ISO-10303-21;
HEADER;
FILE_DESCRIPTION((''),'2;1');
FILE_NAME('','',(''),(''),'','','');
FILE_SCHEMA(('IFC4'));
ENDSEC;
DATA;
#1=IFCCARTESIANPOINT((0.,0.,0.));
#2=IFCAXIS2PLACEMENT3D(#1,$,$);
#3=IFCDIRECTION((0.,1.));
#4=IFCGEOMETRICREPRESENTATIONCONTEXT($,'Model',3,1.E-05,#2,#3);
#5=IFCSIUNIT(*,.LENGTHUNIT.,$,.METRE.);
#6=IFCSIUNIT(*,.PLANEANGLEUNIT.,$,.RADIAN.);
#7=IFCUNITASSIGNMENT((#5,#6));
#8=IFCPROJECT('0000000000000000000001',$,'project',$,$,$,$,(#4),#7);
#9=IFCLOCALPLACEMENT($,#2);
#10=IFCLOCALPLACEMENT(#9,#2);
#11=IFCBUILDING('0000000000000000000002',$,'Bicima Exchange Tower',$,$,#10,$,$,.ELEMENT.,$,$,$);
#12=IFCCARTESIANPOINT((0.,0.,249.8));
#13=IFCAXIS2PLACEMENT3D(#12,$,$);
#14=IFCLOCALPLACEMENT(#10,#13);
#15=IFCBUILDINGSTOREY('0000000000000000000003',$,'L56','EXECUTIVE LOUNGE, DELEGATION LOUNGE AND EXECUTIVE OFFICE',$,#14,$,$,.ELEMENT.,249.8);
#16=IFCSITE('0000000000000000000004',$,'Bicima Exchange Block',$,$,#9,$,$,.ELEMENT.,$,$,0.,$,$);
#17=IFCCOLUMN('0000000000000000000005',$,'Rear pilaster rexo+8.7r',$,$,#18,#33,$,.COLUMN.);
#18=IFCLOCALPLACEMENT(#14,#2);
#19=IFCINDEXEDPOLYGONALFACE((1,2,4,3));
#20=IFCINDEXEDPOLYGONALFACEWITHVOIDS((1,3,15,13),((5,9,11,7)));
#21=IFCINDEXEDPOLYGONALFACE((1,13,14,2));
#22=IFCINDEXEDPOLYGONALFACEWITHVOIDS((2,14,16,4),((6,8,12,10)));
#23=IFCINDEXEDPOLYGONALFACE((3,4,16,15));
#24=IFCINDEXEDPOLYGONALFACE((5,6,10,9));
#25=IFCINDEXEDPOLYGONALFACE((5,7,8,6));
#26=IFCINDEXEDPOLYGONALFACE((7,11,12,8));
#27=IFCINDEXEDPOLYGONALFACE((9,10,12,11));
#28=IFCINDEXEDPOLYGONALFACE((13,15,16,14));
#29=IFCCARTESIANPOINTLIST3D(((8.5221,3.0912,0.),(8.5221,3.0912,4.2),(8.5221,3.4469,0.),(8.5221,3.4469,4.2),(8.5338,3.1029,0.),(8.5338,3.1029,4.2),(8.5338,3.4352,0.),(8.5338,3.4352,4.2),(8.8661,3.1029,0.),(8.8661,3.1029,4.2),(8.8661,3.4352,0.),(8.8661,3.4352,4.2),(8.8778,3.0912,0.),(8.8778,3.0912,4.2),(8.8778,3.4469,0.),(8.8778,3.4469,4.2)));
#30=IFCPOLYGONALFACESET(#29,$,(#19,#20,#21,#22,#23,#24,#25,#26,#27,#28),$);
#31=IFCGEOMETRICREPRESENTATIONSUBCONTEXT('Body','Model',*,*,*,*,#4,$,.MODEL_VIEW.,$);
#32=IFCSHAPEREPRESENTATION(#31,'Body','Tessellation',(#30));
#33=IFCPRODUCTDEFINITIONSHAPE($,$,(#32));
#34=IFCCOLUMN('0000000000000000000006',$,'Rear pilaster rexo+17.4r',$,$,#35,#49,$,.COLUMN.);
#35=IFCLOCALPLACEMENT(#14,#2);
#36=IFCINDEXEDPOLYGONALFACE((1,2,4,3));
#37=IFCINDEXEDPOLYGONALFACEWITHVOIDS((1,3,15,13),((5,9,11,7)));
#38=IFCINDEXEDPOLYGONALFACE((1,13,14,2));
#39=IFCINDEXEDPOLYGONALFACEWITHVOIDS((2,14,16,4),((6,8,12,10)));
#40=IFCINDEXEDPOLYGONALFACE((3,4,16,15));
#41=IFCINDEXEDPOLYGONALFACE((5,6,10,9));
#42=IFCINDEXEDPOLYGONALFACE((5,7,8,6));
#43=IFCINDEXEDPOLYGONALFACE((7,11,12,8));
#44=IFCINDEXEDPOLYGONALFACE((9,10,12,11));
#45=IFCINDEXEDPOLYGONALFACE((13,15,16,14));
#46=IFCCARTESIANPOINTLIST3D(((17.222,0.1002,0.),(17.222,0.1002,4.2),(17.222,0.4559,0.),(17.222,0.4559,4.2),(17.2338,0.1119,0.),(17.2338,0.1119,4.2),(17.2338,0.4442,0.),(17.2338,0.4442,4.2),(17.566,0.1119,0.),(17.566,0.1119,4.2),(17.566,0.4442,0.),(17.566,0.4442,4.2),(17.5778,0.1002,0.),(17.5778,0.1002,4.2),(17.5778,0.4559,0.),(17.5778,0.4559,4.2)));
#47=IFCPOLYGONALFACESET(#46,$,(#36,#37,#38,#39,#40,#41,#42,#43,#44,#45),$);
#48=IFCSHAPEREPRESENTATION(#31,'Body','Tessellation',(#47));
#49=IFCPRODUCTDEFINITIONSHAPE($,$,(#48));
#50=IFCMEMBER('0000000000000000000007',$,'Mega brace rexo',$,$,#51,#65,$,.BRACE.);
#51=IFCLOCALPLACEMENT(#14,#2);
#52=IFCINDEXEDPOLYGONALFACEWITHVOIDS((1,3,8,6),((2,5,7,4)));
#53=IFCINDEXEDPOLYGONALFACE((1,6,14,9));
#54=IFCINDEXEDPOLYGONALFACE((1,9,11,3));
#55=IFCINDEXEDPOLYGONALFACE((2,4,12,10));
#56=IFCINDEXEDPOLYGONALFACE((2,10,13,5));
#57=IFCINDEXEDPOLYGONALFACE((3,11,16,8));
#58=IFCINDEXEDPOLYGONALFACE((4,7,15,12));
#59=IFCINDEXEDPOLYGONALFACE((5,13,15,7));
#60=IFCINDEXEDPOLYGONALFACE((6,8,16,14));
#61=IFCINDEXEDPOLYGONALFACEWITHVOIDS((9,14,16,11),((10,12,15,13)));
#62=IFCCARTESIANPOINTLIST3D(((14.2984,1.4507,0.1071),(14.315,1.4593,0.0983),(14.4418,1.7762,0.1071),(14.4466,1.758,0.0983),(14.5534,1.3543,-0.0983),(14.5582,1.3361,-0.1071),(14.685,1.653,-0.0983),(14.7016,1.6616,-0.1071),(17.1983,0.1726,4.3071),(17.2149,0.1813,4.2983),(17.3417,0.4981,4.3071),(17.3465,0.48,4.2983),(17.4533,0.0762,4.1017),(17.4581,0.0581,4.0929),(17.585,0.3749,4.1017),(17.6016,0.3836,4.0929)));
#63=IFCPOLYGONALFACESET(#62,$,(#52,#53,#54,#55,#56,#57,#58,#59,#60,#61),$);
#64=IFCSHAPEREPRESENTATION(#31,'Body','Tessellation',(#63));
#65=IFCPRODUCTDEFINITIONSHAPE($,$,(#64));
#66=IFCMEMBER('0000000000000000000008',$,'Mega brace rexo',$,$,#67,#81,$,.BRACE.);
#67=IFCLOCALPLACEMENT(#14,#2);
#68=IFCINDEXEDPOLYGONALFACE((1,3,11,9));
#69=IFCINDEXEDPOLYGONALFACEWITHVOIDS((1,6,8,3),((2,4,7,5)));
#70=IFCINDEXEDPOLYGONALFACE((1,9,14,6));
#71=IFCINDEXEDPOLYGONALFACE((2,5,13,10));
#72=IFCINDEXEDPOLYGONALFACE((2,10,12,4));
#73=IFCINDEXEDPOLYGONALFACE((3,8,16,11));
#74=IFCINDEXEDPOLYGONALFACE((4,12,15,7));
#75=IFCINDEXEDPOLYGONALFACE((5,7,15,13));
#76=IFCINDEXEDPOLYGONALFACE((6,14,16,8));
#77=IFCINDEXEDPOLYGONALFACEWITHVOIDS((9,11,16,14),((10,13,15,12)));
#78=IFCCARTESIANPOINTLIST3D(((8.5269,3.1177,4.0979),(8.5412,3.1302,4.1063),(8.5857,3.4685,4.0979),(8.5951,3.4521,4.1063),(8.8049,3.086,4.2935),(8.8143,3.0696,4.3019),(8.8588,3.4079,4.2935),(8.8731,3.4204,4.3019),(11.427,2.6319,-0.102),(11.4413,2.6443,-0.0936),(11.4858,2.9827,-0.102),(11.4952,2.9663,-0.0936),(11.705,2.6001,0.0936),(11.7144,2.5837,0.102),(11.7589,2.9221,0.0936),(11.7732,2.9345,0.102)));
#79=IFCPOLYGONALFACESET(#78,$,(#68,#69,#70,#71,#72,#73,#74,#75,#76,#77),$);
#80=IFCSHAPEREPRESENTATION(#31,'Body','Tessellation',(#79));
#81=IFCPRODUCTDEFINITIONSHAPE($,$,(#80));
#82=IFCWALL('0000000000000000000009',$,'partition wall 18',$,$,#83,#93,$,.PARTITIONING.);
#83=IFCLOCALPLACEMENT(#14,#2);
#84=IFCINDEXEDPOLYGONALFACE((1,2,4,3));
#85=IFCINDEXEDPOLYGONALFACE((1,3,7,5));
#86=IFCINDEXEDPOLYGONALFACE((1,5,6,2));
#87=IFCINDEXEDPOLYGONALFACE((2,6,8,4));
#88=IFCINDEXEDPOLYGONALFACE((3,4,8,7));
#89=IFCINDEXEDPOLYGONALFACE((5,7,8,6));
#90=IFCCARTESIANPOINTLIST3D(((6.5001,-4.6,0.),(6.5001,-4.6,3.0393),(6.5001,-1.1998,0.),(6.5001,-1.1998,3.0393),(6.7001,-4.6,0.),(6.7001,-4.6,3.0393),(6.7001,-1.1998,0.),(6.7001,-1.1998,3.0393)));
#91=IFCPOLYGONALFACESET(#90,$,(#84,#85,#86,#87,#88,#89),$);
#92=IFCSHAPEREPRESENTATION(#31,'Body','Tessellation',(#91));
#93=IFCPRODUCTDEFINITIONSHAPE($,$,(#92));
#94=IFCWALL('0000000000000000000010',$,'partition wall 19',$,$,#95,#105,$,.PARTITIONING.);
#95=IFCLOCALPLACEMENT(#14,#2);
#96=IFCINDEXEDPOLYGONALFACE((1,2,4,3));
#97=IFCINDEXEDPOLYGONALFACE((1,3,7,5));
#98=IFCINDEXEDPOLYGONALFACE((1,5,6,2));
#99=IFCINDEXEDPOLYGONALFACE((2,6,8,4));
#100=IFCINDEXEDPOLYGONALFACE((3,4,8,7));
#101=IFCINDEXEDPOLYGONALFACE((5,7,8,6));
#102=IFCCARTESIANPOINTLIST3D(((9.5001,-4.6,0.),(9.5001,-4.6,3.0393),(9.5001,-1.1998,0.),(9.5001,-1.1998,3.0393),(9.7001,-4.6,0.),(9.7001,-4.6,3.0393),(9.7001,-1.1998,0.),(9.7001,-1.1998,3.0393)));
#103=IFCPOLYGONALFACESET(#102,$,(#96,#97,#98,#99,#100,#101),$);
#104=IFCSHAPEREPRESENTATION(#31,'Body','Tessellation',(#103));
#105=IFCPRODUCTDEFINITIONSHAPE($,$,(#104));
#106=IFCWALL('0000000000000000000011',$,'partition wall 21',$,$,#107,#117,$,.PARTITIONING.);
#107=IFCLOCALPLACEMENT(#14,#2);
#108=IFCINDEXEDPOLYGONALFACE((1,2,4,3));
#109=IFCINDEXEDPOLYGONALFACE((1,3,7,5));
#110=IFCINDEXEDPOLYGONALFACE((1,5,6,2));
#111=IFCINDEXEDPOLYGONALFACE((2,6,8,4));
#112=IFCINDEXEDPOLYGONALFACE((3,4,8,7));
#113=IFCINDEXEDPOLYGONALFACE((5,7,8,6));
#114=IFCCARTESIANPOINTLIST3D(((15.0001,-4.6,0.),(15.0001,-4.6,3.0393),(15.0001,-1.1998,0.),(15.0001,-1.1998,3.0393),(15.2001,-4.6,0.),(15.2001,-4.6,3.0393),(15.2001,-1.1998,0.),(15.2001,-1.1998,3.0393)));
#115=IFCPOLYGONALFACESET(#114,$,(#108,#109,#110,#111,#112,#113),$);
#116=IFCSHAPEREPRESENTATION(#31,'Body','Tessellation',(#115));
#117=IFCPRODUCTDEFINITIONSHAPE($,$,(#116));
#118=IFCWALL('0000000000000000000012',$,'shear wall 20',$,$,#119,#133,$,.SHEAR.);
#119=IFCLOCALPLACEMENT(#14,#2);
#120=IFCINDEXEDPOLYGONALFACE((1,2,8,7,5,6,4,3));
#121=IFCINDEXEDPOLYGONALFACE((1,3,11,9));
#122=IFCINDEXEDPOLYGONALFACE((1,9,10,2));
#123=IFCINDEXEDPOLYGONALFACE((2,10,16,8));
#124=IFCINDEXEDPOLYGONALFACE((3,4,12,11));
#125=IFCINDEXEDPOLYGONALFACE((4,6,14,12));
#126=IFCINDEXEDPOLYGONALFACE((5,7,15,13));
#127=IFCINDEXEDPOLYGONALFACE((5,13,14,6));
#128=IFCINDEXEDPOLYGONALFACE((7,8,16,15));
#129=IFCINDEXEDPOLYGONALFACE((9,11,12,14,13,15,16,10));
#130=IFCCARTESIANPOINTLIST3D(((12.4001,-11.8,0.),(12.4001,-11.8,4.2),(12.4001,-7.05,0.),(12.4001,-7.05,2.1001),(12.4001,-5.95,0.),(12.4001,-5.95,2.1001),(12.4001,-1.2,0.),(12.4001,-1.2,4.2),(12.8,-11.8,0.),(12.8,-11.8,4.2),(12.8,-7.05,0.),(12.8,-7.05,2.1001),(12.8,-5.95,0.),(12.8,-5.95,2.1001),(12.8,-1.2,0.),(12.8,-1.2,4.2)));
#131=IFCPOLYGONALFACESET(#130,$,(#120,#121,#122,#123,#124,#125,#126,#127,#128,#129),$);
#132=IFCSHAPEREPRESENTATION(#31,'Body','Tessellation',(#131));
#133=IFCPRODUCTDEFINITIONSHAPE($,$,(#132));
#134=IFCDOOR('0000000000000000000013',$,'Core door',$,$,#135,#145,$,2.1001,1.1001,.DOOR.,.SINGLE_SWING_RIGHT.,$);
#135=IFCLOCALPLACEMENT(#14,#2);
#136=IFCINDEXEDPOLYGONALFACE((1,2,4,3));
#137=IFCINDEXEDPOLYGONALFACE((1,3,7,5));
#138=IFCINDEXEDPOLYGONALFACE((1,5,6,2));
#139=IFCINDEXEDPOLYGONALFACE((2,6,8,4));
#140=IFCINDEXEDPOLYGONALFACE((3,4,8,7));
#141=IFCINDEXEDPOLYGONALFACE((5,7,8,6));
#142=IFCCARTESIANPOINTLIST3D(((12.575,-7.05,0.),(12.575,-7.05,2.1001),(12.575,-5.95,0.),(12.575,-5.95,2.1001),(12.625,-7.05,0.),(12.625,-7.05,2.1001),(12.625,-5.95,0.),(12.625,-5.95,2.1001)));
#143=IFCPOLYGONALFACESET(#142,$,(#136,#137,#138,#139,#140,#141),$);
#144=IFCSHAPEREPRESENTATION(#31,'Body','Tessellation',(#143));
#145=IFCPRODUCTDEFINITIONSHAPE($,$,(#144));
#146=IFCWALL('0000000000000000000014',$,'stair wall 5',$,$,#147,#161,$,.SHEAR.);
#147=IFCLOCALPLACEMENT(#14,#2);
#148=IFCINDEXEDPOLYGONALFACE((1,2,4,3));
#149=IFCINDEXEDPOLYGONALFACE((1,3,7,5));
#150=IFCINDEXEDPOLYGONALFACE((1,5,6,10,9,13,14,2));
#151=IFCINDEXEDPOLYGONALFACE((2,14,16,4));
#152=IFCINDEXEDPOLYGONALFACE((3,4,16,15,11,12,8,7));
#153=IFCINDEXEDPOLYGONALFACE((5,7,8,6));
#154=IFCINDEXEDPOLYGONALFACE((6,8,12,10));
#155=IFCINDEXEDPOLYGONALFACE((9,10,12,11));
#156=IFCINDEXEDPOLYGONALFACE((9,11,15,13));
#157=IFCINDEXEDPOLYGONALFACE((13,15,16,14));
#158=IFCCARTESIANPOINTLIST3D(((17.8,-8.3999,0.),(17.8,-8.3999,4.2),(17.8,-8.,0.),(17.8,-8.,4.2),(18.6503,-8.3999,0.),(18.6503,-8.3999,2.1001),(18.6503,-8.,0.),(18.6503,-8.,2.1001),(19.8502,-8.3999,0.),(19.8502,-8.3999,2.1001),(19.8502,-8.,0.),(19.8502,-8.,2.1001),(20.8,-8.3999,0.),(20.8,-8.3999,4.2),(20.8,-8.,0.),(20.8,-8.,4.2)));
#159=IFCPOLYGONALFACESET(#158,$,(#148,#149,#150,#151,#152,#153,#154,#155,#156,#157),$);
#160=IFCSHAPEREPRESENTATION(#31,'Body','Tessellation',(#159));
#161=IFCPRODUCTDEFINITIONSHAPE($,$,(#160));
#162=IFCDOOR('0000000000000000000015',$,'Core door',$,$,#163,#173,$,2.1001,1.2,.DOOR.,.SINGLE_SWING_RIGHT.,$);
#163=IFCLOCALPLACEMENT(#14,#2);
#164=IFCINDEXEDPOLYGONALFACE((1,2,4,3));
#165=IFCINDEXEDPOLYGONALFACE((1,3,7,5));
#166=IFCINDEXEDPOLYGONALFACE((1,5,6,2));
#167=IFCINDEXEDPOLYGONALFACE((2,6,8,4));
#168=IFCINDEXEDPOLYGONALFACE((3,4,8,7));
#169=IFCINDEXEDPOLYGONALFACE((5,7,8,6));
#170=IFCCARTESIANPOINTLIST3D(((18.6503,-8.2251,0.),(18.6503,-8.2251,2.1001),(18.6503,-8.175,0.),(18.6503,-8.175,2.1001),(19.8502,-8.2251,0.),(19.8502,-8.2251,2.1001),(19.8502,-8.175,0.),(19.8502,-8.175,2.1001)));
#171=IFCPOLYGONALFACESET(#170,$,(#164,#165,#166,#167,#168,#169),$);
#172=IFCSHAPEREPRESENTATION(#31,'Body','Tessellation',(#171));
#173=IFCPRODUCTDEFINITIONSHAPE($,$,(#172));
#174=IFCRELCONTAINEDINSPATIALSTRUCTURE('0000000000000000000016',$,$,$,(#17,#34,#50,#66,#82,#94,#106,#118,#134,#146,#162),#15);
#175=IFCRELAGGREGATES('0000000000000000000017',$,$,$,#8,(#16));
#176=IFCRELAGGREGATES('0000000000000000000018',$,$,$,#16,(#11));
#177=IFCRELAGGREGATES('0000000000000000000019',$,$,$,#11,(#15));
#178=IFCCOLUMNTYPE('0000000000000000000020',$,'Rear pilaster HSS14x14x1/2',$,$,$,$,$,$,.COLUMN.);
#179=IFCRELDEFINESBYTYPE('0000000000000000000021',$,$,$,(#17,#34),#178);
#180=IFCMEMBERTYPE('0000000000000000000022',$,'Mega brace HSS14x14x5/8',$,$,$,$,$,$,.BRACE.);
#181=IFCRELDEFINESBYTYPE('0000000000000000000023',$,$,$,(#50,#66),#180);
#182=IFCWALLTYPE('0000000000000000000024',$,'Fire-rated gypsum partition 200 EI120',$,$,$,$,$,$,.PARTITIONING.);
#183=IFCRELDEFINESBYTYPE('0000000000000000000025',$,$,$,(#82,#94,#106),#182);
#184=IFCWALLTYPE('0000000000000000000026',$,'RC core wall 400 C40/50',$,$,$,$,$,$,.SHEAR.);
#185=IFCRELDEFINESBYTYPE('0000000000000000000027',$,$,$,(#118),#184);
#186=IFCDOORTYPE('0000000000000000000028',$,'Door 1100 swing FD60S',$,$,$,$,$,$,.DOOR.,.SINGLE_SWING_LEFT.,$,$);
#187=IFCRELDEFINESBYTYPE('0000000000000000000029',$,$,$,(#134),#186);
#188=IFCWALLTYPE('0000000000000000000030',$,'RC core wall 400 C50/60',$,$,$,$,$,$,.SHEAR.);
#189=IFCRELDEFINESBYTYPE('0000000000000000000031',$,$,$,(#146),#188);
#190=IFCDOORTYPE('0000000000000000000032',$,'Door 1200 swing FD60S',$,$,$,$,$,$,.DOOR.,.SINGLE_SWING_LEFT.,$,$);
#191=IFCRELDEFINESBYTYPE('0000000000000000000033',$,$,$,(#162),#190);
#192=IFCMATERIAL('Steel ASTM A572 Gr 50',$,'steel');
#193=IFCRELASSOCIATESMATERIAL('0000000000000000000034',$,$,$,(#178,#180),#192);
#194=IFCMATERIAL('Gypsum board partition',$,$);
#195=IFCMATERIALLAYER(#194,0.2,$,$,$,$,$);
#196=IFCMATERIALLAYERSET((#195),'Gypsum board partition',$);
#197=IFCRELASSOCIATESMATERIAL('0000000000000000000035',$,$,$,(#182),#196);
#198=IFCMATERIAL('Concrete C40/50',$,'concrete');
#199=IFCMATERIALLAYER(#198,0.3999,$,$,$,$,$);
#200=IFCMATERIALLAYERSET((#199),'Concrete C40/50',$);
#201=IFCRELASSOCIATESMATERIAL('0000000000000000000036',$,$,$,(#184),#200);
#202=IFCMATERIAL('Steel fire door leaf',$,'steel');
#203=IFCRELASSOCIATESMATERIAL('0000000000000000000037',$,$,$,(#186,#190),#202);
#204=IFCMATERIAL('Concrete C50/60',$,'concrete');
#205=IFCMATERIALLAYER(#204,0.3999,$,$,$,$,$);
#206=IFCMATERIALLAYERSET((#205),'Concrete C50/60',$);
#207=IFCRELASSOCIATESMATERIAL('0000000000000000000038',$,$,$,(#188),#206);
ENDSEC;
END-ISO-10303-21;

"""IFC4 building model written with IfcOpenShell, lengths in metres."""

from ifc_helpers import new_model, si_unit, direction, frame, frame_2d, origin, origin_2d, place, context, subcontext, project, spatial, rectangle, hollow_rectangle, extrude, material, layer, layer_set, material_profile, profile_set, type_object, element, fill, save


model = new_model("IFC4")

# Units and contexts
model_context = context("Model", 3, precision=1e-05, world=origin(), true_north=direction((0.0, 1.0)))
body_context = subcontext(model_context, "Body", "Model", "MODEL_VIEW")
ifc_project = project(units=[si_unit("LENGTHUNIT", "METRE"), si_unit("PLANEANGLEUNIT", "RADIAN")], contexts=[model_context])

# Site, building, storey
site_placement = place(None, origin())
site = spatial("IfcSite", under=ifc_project, at=site_placement, Name="Bicima Exchange Block", CompositionType="ELEMENT", RefElevation=0.0)
building_placement = place(site_placement, origin())
building = spatial("IfcBuilding", under=site, at=building_placement, Name="Bicima Exchange Tower", CompositionType="ELEMENT")
storey_placement = place(building_placement, frame((0.0, 0.0, 249.8)))
storey = spatial("IfcBuildingStorey", under=building, at=storey_placement, Name="L56", Description="EXECUTIVE LOUNGE, DELEGATION LOUNGE AND EXECUTIVE OFFICE", CompositionType="ELEMENT", Elevation=249.8)

# Columns
ifc_material_1 = material(Name="Steel ASTM A572 Gr 50", Category="steel")
ifc_material_profile_1 = material_profile(ifc_material_1, hollow_rectangle(XDim=0.3557, YDim=0.3557, WallThickness=0.0117, at=origin_2d()))
ifc_profile_set_1 = profile_set([ifc_material_profile_1], Name="Steel ASTM A572 Gr 50")
column_type = type_object("IfcColumnType", Name="Rear pilaster HSS14x14x1/2", PredefinedType="COLUMN", material=ifc_profile_set_1)
for number, where, z_axis, x_axis, name in (
    (1, (8.7, 3.269, 0.0), (0.0, 0.0, 1.0), (1.0, 0.0, 0.0), "Rear pilaster rexo+8.7r"),
    (2, (17.3999, 0.2781, 0.0), (0.0, 0.0, 1.0), (1.0, 0.0, 0.0), "Rear pilaster rexo+17.4r"),
):
    element("IfcColumn", number, at=place(storey_placement, frame(where, z_axis=z_axis, x_axis=x_axis)), inside=storey, type_object=column_type, Name=name, PredefinedType="COLUMN", context=body_context, shape_type="SweptSolid", body=[
        extrude(hollow_rectangle(XDim=0.3557, YDim=0.3557, WallThickness=0.0117, at=origin_2d()), origin(), (0.0, 0.0, 1.0), 4.2),
    ])

# Members
ifc_material_profile_2 = material_profile(ifc_material_1, hollow_rectangle(XDim=0.3557, YDim=0.3557, WallThickness=0.0146, at=origin_2d()))
ifc_profile_set_2 = profile_set([ifc_material_profile_2], Name="Steel ASTM A572 Gr 50")
member_type = type_object("IfcMemberType", Name="Mega brace HSS14x14x5/8", PredefinedType="BRACE", material=ifc_profile_set_2)
member_1_placement = place(storey_placement, frame((14.5, 1.5562, 0.0), z_axis=(0.551164, -0.242915, 0.798255), x_axis=(0.403299, 0.915068, 0.0)))
element("IfcMember", 3, at=member_1_placement, inside=storey, type_object=member_type, Name="Mega brace rexo", PredefinedType="BRACE", context=body_context, shape_type="SweptSolid", body=[
    extrude(hollow_rectangle(XDim=0.3557, YDim=0.3557, WallThickness=0.0146, at=origin_2d()), origin(), (0.0, 0.0, 1.0), 5.2615),
])
member_2_placement = place(storey_placement, frame((11.6001, 2.7832, 0.0), z_axis=(-0.565658, 0.09476, 0.819178), x_axis=(-0.16522, -0.986257, 0.0)))
element("IfcMember", 4, at=member_2_placement, inside=storey, type_object=member_type, Name="Mega brace rexo", PredefinedType="BRACE", context=body_context, shape_type="SweptSolid", body=[
    extrude(hollow_rectangle(XDim=0.3557, YDim=0.3557, WallThickness=0.0146, at=origin_2d()), origin(), (0.0, 0.0, 1.0), 5.127),
])

# Walls
ifc_material_2 = material(Name="Gypsum board partition")
ifc_layer_1 = layer(ifc_material_2, 0.2)
ifc_layer_set_1 = layer_set([ifc_layer_1], Name="Gypsum board partition")
wall_type_1 = type_object("IfcWallType", Name="Fire-rated gypsum partition 200 EI120", PredefinedType="PARTITIONING", material=ifc_layer_set_1)
for number, where, z_axis, x_axis, name in (
    (5, (6.6001, -4.6001, 0.0), (0.0, 0.0, 1.0), (0.0, 1.0, 0.0), "partition wall 18"),
    (6, (9.6001, -4.6001, 0.0), (0.0, 0.0, 1.0), (0.0, 1.0, 0.0), "partition wall 19"),
    (7, (15.1001, -4.6001, 0.0), (0.0, 0.0, 1.0), (0.0, 1.0, 0.0), "partition wall 21"),
):
    element("IfcWall", number, at=place(storey_placement, frame(where, z_axis=z_axis, x_axis=x_axis)), inside=storey, type_object=wall_type_1, Name=name, PredefinedType="PARTITIONING", context=body_context, shape_type="SweptSolid", body=[
        extrude(rectangle(XDim=3.4001, YDim=0.2, at=frame_2d((1.7002, 0.0))), origin(), (0.0, 0.0, 1.0), 3.0393),
    ])

# Walls, openings, doors
ifc_material_3 = material(Name="Concrete C40/50", Category="concrete")
ifc_layer_2 = layer(ifc_material_3, 0.3999)
ifc_layer_set_2 = layer_set([ifc_layer_2], Name="Concrete C40/50")
wall_type_2 = type_object("IfcWallType", Name="RC core wall 400 C40/50", PredefinedType="SHEAR", material=ifc_layer_set_2)
wall_1_placement = place(storey_placement, frame((12.6001, -11.8, 0.0), z_axis=(0.0, 0.0, 1.0), x_axis=(0.0, 1.0, 0.0)))
wall_1 = element("IfcWall", 8, at=wall_1_placement, inside=storey, type_object=wall_type_2, Name="shear wall 20", PredefinedType="SHEAR", context=body_context, shape_type="SweptSolid", body=[
    extrude(rectangle(XDim=10.6001, YDim=0.3999, at=frame_2d((5.3, 0.0))), origin(), (0.0, 0.0, 1.0), 4.2),
])
opening_1_placement = place(wall_1_placement, frame((4.75, 0.0, 0.0)))
opening_1 = element("IfcOpeningElement", 9, at=opening_1_placement, cuts=wall_1, PredefinedType="OPENING", context=body_context, shape_type="SweptSolid", body=[
    extrude(rectangle(XDim=1.1001, YDim=2.1001, at=frame_2d((0.55, 1.05))), frame((0.0, 0.2119, 0.0), z_axis=(0.0, -1.0, 0.0), x_axis=(1.0, 0.0, 0.0)), (0.0, 0.0, 1.0), 0.4238),
])
ifc_material_4 = material(Name="Steel fire door leaf", Category="steel")
door_type_1 = type_object("IfcDoorType", Name="Door 1100 swing FD60S", OperationType="SINGLE_SWING_LEFT", PredefinedType="DOOR", material=ifc_material_4)
door_1_placement = place(opening_1_placement, frame((1.1001, 0.0, 0.0), z_axis=(0.0, 0.0, 1.0), x_axis=(-1.0, 0.0, 0.0)))
door_1 = element("IfcDoor", 10, at=door_1_placement, inside=storey, type_object=door_type_1, Name="Core door", OperationType="SINGLE_SWING_RIGHT", OverallHeight=2.1001, OverallWidth=1.1001, PredefinedType="DOOR", context=body_context, shape_type="SweptSolid", body=[
    extrude(rectangle(XDim=1.1001, YDim=2.1001, at=frame_2d((0.55, 1.05))), frame((0.0, 0.0249, 0.0), z_axis=(0.0, -1.0, 0.0), x_axis=(1.0, 0.0, 0.0)), (0.0, 0.0, 1.0), 0.05),
])
fill(opening_1, door_1)
ifc_material_5 = material(Name="Concrete C50/60", Category="concrete")
ifc_layer_3 = layer(ifc_material_5, 0.3999)
ifc_layer_set_3 = layer_set([ifc_layer_3], Name="Concrete C50/60")
wall_type_3 = type_object("IfcWallType", Name="RC core wall 400 C50/60", PredefinedType="SHEAR", material=ifc_layer_set_3)
wall_2_placement = place(storey_placement, frame((17.8, -8.2, 0.0), z_axis=(0.0, 0.0, 1.0), x_axis=(1.0, 0.0, 0.0)))
wall_2 = element("IfcWall", 11, at=wall_2_placement, inside=storey, type_object=wall_type_3, Name="stair wall 5", PredefinedType="SHEAR", context=body_context, shape_type="SweptSolid", body=[
    extrude(rectangle(XDim=3.0, YDim=0.3999, at=frame_2d((1.5, 0.0))), origin(), (0.0, 0.0, 1.0), 4.2),
])
opening_2_placement = place(wall_2_placement, frame((0.8501, 0.0, 0.0)))
opening_2 = element("IfcOpeningElement", 12, at=opening_2_placement, cuts=wall_2, PredefinedType="OPENING", context=body_context, shape_type="SweptSolid", body=[
    extrude(rectangle(XDim=1.2, YDim=2.1001, at=frame_2d((0.6001, 1.05))), frame((0.0, 0.2119, 0.0), z_axis=(0.0, -1.0, 0.0), x_axis=(1.0, 0.0, 0.0)), (0.0, 0.0, 1.0), 0.4238),
])
door_type_2 = type_object("IfcDoorType", Name="Door 1200 swing FD60S", OperationType="SINGLE_SWING_LEFT", PredefinedType="DOOR", material=ifc_material_4)
door_2_placement = place(opening_2_placement, origin())
door_2 = element("IfcDoor", 13, at=door_2_placement, inside=storey, type_object=door_type_2, Name="Core door", OperationType="SINGLE_SWING_RIGHT", OverallHeight=2.1001, OverallWidth=1.2, PredefinedType="DOOR", context=body_context, shape_type="SweptSolid", body=[
    extrude(rectangle(XDim=1.2, YDim=2.1001, at=frame_2d((0.6001, 1.05))), frame((0.0, 0.0249, 0.0), z_axis=(0.0, -1.0, 0.0), x_axis=(1.0, 0.0, 0.0)), (0.0, 0.0, 1.0), 0.05),
])
fill(opening_2, door_2)

save(model, "model.ifc")
